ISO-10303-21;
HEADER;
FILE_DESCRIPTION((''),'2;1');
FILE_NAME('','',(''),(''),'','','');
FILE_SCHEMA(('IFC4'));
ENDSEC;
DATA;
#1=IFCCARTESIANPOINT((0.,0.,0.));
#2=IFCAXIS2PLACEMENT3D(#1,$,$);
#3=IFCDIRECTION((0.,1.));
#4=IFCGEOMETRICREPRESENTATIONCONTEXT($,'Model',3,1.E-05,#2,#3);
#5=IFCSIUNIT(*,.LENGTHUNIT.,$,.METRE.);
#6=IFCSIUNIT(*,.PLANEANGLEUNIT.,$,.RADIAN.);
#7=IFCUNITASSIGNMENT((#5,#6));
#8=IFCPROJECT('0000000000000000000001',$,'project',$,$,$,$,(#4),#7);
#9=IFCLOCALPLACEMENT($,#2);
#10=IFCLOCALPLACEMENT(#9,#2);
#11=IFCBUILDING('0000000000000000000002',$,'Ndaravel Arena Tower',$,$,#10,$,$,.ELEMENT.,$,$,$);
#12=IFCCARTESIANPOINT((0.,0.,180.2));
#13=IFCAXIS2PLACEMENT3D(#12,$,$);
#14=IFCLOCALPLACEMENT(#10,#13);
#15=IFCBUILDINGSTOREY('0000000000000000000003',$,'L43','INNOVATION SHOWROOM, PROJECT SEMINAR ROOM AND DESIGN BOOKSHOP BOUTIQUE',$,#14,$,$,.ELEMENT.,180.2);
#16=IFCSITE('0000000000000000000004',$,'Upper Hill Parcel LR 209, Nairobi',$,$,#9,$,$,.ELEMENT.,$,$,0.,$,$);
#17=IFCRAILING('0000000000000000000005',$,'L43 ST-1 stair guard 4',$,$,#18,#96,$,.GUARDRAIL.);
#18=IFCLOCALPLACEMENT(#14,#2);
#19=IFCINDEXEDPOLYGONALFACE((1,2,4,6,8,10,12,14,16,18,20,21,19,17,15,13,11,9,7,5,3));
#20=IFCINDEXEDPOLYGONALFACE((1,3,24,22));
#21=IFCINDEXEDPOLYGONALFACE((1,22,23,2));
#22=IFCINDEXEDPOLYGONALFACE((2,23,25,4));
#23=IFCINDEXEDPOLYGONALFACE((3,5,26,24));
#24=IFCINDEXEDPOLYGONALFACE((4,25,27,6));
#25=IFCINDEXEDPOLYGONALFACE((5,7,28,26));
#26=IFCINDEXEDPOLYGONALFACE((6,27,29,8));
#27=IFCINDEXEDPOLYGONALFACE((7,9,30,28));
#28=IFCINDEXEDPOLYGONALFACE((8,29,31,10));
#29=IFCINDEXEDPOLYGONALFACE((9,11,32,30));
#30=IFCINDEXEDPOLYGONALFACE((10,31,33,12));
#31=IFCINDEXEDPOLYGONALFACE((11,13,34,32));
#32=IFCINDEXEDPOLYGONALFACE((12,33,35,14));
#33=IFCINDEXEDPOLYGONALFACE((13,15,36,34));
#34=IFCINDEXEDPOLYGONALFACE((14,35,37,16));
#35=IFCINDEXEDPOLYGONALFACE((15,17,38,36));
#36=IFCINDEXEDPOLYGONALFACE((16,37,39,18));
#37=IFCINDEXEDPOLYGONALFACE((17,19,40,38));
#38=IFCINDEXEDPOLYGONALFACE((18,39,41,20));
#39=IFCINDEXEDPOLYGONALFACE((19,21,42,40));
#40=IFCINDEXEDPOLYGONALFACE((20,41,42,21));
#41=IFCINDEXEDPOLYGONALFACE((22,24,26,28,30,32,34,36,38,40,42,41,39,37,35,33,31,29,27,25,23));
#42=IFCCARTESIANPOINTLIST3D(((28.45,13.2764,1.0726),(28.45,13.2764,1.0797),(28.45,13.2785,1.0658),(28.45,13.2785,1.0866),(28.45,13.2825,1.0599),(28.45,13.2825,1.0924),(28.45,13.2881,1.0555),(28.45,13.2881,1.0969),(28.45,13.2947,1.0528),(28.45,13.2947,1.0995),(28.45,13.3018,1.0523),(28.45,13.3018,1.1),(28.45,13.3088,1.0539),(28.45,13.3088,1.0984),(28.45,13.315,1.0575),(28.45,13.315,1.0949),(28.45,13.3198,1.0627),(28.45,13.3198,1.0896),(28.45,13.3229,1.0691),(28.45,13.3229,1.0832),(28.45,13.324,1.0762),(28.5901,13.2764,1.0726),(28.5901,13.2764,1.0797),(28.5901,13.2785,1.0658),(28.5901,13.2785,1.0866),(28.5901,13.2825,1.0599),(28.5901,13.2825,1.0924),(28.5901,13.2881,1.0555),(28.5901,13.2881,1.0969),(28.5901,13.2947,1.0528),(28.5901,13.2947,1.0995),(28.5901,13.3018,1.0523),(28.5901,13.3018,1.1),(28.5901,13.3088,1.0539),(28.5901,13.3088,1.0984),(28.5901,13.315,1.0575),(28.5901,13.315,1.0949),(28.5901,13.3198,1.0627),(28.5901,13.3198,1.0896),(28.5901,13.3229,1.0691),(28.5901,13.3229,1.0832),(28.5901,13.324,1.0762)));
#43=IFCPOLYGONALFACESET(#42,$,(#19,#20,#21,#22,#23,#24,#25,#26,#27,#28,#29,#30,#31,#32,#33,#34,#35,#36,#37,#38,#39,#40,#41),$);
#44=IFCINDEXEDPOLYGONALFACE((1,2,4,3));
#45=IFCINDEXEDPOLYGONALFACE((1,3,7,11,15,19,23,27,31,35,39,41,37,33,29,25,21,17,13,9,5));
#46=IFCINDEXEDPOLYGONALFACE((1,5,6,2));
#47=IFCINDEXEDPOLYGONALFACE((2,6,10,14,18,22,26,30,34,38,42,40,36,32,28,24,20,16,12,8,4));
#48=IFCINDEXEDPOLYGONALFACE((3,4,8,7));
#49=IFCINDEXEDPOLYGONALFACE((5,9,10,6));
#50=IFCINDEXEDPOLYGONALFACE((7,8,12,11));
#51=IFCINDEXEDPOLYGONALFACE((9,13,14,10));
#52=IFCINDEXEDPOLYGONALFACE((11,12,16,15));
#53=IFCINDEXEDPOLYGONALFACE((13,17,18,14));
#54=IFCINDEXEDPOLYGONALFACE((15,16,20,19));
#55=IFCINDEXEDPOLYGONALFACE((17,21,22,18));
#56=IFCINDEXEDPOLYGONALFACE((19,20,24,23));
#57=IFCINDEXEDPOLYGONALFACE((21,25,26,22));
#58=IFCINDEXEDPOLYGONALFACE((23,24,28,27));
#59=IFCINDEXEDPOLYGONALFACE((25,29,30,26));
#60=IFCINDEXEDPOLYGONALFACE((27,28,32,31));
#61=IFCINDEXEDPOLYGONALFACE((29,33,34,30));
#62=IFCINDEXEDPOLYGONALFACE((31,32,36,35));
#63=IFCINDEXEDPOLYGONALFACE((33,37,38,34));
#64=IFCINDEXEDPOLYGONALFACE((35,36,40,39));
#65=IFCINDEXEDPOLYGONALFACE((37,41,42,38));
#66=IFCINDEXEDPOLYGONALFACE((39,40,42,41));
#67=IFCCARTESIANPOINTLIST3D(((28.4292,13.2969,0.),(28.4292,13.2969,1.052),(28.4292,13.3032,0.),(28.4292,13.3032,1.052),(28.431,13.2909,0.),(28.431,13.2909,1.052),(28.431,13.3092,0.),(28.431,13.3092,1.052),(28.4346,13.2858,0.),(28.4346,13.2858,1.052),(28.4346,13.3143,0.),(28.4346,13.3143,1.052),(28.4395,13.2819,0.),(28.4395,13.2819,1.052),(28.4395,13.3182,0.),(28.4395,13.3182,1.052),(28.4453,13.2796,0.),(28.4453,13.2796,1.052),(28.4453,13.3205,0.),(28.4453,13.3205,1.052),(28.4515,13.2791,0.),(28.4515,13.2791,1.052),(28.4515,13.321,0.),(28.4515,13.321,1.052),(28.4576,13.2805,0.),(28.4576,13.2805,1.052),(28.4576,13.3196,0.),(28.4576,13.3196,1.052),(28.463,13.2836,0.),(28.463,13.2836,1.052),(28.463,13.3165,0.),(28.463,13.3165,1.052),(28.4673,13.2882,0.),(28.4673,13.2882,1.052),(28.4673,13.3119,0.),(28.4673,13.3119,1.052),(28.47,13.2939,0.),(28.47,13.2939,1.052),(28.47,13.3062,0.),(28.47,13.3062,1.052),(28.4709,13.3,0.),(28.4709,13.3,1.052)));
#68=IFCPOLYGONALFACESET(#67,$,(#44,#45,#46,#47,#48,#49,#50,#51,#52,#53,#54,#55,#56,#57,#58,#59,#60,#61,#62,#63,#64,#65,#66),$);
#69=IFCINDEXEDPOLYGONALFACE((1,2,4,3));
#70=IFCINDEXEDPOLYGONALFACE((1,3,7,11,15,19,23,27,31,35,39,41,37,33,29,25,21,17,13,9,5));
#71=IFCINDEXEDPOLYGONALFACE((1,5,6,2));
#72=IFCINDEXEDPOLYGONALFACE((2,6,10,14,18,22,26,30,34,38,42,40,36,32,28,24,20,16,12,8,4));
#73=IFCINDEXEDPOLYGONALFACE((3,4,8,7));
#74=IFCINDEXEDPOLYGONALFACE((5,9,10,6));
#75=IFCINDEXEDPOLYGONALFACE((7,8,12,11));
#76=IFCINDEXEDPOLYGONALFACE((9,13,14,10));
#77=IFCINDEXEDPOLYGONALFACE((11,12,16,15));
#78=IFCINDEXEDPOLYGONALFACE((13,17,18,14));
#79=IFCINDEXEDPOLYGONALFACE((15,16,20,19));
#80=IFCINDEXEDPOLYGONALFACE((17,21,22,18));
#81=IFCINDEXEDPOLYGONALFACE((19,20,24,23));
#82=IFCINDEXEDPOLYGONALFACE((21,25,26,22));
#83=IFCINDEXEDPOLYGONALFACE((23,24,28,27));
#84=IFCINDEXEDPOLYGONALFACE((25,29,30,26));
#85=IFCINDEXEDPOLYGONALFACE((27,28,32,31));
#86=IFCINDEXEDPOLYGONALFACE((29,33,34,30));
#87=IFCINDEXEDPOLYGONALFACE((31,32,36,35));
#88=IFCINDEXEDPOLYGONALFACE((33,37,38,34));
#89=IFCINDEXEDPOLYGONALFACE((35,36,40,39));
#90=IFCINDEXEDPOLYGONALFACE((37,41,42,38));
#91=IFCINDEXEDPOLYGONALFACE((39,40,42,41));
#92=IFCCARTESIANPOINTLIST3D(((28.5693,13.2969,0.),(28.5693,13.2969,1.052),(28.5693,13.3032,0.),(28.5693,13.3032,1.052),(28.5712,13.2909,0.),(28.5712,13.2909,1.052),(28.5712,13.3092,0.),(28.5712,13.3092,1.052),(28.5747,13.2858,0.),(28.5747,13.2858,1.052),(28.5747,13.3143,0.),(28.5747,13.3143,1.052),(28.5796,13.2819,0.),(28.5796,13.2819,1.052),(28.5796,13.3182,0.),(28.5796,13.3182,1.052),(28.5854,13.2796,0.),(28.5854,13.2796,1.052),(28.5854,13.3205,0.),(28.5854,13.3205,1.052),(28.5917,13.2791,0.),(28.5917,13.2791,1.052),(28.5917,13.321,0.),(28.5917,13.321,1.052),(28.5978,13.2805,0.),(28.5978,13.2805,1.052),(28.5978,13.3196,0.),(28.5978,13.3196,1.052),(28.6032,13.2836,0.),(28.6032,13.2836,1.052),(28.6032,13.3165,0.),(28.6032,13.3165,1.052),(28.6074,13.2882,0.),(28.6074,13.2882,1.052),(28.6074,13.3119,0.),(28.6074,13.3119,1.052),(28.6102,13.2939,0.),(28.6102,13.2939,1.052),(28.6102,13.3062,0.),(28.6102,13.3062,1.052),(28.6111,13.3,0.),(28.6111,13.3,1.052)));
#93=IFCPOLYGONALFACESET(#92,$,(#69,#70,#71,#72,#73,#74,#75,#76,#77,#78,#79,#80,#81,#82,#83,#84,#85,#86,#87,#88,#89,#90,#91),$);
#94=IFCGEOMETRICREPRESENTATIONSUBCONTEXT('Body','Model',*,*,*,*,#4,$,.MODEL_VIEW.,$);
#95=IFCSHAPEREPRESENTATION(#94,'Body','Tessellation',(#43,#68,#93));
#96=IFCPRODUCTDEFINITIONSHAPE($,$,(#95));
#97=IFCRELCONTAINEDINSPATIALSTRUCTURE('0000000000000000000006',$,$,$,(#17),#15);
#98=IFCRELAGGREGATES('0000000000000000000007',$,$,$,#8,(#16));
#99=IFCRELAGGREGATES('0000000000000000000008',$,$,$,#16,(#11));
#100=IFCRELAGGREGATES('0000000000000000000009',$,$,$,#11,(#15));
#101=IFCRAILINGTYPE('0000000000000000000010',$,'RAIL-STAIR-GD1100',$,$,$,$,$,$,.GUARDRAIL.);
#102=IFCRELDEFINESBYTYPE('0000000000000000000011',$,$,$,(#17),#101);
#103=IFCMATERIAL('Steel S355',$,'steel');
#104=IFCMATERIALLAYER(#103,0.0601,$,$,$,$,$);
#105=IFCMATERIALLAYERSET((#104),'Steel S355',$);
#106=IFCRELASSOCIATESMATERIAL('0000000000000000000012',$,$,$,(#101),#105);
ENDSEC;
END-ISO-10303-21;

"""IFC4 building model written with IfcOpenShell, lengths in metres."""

from ifc_helpers import new_model, si_unit, direction, frame, origin, origin_2d, place, context, subcontext, project, spatial, circle, extrude, material, layer, layer_set, type_object, element, save


model = new_model("IFC4")

# Units and contexts
model_context = context("Model", 3, precision=1e-05, world=origin(), true_north=direction((0.0, 1.0)))
body_context = subcontext(model_context, "Body", "Model", "MODEL_VIEW")
ifc_project = project(units=[si_unit("LENGTHUNIT", "METRE"), si_unit("PLANEANGLEUNIT", "RADIAN")], contexts=[model_context])

# Site, building, storey
site_placement = place(None, origin())
site = spatial("IfcSite", under=ifc_project, at=site_placement, Name="Upper Hill Parcel LR 209, Nairobi", CompositionType="ELEMENT", RefElevation=0.0)
building_placement = place(site_placement, origin())
building = spatial("IfcBuilding", under=site, at=building_placement, Name="Ndaravel Arena Tower", CompositionType="ELEMENT")
storey_placement = place(building_placement, frame((0.0, 0.0, 180.2)))
storey = spatial("IfcBuildingStorey", under=building, at=storey_placement, Name="L43", Description="INNOVATION SHOWROOM, PROJECT SEMINAR ROOM AND DESIGN BOOKSHOP BOUTIQUE", CompositionType="ELEMENT", Elevation=180.2)

# Railing
ifc_material_1 = material(Name="Steel S355", Category="steel")
ifc_layer_1 = layer(ifc_material_1, 0.0601)
ifc_layer_set_1 = layer_set([ifc_layer_1], Name="Steel S355")
railing_type_1 = type_object("IfcRailingType", Name="RAIL-STAIR-GD1100", PredefinedType="GUARDRAIL", material=ifc_layer_set_1)
railing_1_placement = place(storey_placement, frame((28.45, 13.3, 0.0)))
element("IfcRailing", 1, at=railing_1_placement, inside=storey, type_object=railing_type_1, Name="L43 ST-1 stair guard 4", PredefinedType="GUARDRAIL", context=body_context, shape_type="SweptSolid", body=[
    extrude(circle(Radius=0.0239, at=origin_2d()), frame((0.0, 0.0, 1.0762), z_axis=(1.0, 0.0, 0.0), x_axis=(0.0, 1.0, 0.0)), (0.0, 0.0, 1.0), 0.1401),
    extrude(circle(Radius=0.021, at=origin_2d()), origin(), (0.0, 0.0, 1.0), 1.052),
    extrude(circle(Radius=0.021, at=origin_2d()), frame((0.1401, 0.0, 0.0)), (0.0, 0.0, 1.0), 1.052),
])

save(model, "model.ifc")
